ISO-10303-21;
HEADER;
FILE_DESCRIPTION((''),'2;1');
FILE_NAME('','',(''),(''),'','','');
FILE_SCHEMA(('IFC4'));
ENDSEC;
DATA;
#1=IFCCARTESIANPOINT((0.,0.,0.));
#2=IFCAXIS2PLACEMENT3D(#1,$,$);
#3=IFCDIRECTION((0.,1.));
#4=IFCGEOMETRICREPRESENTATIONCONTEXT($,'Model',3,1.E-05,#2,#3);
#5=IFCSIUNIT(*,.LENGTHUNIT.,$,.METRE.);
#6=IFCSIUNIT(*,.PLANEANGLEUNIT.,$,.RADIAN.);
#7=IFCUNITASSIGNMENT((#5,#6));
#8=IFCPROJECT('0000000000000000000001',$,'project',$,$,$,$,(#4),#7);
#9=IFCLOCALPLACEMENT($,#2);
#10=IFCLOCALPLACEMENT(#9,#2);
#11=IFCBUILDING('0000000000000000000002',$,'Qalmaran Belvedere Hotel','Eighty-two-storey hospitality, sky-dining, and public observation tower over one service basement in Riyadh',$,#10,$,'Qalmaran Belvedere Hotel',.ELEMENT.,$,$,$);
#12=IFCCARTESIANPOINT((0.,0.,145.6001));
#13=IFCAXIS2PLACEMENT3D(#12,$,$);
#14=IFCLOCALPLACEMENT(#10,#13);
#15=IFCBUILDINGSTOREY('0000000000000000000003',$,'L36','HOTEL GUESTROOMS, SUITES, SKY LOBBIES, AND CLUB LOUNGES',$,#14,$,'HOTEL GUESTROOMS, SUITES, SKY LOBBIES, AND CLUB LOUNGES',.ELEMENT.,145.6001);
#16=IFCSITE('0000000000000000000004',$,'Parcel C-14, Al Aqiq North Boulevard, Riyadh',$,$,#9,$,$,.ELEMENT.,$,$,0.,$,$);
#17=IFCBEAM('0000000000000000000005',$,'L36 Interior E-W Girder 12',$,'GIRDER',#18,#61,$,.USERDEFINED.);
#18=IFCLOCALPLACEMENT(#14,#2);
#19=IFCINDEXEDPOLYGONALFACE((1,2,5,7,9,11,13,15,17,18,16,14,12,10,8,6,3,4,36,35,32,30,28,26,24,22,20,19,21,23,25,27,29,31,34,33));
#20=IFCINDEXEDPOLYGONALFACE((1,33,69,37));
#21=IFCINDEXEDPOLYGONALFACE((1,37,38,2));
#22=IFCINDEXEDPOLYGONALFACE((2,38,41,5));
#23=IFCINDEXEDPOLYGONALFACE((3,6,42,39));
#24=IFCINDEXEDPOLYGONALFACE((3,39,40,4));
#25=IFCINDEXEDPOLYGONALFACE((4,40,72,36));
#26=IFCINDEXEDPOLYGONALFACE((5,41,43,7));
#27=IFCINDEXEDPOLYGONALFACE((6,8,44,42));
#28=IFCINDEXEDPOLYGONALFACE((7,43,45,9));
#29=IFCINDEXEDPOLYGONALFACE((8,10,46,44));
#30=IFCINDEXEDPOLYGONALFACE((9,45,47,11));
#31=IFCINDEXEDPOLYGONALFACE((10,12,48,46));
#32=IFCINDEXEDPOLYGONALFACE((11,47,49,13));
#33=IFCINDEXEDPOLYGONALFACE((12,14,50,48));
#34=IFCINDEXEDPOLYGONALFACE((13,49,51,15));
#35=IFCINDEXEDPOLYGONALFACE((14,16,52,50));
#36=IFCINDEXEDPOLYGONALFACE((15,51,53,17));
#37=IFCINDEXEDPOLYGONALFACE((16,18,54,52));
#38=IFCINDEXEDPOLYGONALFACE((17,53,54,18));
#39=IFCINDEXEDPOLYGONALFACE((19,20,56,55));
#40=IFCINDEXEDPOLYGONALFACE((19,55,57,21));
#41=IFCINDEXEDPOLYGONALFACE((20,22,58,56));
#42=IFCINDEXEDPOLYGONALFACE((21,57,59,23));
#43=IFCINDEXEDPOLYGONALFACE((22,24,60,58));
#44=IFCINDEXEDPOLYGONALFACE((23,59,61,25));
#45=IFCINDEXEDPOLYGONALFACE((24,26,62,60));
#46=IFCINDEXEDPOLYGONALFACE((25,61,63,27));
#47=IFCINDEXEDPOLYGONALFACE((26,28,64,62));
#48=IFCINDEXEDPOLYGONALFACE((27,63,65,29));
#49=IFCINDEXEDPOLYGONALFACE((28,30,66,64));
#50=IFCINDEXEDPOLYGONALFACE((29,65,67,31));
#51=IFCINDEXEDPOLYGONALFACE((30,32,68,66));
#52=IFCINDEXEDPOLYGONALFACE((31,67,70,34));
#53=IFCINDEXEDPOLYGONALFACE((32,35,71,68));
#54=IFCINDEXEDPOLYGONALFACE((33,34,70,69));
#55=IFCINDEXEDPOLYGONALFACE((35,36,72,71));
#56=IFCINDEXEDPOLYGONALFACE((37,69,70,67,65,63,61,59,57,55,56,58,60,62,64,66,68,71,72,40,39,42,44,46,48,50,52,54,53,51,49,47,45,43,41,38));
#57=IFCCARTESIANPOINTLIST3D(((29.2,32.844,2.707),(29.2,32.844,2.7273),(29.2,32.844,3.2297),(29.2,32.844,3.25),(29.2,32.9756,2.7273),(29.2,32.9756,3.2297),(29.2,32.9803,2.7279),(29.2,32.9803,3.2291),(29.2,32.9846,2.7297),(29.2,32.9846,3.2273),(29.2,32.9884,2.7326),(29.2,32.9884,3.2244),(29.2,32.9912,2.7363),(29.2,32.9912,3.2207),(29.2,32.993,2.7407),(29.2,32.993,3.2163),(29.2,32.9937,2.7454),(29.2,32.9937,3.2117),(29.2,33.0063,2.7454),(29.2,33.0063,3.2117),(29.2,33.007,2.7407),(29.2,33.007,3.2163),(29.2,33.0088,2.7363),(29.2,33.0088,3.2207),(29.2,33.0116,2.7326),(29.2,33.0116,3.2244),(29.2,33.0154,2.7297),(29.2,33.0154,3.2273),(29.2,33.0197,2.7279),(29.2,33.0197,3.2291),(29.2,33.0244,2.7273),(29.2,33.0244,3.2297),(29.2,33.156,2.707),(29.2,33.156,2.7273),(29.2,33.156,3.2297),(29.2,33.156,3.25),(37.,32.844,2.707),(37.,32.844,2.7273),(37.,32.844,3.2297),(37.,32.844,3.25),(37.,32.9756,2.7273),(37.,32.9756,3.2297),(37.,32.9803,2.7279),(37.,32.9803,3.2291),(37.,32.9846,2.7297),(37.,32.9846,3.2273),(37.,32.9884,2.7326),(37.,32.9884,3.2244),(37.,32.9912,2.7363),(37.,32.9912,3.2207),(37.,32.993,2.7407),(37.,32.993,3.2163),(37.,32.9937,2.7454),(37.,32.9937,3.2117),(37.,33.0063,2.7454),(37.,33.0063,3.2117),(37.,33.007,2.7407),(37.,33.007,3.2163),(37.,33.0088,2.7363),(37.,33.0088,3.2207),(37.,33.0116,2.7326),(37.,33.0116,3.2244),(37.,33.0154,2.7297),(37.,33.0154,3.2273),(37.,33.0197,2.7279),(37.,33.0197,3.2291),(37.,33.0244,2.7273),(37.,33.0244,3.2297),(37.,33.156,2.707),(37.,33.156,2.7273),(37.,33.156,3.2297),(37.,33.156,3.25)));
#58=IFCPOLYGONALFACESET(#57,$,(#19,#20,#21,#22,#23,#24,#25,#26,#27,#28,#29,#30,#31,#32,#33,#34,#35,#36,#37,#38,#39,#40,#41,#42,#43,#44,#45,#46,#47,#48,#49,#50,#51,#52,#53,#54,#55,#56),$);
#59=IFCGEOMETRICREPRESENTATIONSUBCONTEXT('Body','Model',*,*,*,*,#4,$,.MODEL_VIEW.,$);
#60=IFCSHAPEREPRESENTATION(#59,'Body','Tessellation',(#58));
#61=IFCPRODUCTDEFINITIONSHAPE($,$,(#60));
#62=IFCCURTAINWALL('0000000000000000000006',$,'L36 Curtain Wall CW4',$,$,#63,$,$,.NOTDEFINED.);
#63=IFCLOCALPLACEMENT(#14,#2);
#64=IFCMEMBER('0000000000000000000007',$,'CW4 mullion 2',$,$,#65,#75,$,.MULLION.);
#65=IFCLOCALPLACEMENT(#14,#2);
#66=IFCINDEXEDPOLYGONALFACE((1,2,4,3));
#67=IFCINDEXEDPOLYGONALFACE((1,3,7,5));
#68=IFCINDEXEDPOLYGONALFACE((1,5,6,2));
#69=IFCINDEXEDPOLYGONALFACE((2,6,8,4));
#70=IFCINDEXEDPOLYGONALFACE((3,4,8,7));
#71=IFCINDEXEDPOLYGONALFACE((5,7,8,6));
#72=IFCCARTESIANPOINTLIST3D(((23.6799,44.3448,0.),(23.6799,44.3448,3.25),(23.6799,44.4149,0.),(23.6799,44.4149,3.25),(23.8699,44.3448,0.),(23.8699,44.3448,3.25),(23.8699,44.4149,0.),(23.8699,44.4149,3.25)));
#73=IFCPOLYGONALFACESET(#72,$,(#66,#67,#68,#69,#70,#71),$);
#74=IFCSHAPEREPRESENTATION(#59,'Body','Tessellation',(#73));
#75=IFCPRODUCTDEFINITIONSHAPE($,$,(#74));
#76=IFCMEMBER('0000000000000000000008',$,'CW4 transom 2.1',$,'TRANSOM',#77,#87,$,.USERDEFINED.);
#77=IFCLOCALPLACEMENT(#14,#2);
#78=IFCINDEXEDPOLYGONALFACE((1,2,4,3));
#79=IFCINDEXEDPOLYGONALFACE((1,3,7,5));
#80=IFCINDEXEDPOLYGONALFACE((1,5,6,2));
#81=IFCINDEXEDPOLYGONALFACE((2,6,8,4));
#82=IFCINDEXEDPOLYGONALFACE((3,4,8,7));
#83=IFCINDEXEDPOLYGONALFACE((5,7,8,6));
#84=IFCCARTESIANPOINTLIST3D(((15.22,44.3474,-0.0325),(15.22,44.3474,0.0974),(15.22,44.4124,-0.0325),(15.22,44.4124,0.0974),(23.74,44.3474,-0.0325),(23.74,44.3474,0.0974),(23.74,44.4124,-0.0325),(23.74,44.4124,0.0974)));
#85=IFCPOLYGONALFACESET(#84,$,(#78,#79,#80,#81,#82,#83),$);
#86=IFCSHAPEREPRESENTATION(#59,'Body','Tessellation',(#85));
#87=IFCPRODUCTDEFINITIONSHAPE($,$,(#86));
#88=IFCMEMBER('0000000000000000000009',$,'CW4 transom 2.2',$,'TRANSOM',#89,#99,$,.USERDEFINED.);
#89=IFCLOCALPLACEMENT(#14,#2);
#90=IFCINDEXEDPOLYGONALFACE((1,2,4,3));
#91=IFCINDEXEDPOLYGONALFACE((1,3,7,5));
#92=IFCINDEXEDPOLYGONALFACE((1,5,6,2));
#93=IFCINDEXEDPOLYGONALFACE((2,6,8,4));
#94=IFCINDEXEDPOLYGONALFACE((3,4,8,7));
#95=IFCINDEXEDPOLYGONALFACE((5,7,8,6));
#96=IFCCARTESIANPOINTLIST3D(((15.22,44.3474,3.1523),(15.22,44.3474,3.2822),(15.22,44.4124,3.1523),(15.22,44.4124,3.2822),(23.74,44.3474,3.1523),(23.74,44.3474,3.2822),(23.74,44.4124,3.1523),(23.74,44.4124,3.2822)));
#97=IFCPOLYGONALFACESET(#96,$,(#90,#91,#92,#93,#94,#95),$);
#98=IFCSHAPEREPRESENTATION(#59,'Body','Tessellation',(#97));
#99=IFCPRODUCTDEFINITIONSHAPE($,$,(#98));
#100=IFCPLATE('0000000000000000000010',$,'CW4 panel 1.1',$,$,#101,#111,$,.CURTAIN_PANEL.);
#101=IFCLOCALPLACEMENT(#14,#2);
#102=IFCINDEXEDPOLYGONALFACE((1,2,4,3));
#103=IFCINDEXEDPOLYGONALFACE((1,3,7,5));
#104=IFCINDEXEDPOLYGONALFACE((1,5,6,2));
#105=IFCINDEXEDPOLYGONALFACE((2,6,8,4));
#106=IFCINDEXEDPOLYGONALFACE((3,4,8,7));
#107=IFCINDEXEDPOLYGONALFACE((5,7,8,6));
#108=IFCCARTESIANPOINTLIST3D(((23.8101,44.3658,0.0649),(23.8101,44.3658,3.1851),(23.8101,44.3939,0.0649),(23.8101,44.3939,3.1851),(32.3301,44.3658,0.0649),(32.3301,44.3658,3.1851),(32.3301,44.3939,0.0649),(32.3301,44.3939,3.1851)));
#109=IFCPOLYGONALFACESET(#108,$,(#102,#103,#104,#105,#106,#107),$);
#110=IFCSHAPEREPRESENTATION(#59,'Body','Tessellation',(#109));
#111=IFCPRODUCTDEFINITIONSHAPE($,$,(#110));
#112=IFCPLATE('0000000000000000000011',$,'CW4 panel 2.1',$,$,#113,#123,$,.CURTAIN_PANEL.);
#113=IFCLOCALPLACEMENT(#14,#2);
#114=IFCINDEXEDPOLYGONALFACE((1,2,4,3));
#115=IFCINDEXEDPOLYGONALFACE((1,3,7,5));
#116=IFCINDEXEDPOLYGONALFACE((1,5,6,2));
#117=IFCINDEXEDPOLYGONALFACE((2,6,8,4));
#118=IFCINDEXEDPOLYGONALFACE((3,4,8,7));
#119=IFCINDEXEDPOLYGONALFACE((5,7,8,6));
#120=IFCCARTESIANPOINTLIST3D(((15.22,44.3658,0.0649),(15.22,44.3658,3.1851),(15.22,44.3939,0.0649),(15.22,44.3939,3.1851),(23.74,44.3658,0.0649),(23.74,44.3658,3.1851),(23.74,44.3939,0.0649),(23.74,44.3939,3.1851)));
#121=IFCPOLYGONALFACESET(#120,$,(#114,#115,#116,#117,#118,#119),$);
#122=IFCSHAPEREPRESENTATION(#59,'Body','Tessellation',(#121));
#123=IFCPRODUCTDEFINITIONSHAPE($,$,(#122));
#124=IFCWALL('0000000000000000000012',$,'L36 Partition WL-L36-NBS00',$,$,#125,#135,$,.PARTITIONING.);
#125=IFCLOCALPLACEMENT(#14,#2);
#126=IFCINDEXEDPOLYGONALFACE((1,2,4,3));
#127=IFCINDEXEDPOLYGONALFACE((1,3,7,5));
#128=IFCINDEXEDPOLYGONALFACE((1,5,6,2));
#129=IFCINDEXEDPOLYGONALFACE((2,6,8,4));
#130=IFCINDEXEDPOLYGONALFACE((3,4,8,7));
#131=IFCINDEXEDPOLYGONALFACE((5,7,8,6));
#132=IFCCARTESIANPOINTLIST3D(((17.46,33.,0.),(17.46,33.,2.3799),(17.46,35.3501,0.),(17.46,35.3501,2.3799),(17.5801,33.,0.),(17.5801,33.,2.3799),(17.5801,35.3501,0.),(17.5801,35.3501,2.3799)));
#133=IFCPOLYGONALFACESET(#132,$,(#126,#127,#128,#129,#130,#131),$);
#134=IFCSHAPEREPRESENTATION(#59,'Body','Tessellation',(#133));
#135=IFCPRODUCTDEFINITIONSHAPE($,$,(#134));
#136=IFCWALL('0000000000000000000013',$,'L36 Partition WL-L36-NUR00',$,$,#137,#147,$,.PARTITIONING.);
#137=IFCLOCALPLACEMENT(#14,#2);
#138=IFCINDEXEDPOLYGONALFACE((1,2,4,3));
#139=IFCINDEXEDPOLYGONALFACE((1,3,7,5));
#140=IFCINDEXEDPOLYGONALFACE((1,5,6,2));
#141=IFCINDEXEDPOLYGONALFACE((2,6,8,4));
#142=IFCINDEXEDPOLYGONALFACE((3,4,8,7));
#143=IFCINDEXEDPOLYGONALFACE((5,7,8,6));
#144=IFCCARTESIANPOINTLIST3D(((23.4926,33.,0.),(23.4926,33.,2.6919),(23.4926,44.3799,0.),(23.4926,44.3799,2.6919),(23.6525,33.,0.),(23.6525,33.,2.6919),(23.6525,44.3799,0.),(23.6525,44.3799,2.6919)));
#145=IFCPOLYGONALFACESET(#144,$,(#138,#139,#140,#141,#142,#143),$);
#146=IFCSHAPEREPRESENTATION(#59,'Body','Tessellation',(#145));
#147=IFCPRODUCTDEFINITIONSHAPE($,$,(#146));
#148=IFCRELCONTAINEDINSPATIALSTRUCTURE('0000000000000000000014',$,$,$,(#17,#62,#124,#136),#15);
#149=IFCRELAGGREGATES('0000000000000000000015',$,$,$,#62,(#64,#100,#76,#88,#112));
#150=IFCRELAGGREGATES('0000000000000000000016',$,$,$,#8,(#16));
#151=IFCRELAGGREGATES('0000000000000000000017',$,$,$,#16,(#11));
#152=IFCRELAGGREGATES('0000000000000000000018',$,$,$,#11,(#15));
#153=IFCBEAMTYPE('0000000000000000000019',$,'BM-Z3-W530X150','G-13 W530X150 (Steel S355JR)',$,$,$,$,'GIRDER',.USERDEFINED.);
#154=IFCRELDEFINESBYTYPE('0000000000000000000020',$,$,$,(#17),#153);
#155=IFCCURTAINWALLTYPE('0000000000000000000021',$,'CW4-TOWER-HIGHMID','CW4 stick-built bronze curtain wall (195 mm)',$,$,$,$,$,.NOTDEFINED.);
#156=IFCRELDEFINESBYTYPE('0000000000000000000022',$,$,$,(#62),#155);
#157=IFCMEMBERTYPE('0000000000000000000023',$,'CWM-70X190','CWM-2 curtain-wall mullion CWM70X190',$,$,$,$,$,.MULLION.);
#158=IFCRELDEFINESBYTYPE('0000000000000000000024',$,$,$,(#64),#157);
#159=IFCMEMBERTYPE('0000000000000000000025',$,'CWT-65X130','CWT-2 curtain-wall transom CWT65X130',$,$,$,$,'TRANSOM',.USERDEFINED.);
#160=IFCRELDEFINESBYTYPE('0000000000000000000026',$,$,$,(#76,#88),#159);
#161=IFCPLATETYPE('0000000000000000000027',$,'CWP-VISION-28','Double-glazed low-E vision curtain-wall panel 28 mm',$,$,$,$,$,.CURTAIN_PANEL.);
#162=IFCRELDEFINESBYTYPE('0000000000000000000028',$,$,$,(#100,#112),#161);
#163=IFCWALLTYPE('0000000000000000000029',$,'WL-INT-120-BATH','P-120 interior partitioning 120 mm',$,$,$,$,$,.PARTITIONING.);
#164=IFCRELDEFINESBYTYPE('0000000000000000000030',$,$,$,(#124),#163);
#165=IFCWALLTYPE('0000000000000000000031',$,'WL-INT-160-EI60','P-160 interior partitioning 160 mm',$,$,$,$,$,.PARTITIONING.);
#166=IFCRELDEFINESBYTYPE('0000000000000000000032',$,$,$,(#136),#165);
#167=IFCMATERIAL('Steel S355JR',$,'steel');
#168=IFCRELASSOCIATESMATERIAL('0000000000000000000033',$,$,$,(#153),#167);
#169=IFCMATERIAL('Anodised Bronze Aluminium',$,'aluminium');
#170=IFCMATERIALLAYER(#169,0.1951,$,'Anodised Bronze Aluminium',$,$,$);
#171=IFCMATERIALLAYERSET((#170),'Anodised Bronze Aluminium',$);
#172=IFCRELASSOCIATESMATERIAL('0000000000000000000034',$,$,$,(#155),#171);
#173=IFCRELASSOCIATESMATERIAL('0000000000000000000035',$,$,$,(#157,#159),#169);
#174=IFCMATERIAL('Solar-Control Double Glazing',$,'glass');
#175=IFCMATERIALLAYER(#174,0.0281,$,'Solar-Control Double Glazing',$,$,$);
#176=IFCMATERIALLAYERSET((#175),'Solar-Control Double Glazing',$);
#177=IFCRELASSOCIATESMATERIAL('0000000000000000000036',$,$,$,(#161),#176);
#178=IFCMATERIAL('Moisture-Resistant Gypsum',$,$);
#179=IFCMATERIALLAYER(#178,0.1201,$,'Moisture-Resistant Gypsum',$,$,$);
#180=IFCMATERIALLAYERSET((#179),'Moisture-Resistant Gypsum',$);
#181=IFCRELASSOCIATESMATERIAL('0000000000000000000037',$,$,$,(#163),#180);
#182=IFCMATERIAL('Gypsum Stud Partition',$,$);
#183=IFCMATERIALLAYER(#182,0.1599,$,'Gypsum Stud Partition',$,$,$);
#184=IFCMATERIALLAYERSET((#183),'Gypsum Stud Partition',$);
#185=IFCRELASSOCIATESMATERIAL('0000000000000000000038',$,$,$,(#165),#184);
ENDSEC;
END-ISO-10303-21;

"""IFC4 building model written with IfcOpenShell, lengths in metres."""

from ifc_helpers import new_model, si_unit, direction, frame, frame_2d, origin, origin_2d, place, context, subcontext, project, spatial, rectangle, i_section, extrude, material, layer, layer_set, material_profile, profile_set, type_object, element, aggregate, save


model = new_model("IFC4")

# Units and contexts
model_context = context("Model", 3, precision=1e-05, world=origin(), true_north=direction((0.0, 1.0)))
body_context = subcontext(model_context, "Body", "Model", "MODEL_VIEW")
ifc_project = project(units=[si_unit("LENGTHUNIT", "METRE"), si_unit("PLANEANGLEUNIT", "RADIAN")], contexts=[model_context])

# Site, building, storey
site_placement = place(None, origin())
site = spatial("IfcSite", under=ifc_project, at=site_placement, Name="Parcel C-14, Al Aqiq North Boulevard, Riyadh", CompositionType="ELEMENT", RefElevation=0.0)
building_placement = place(site_placement, origin())
building = spatial("IfcBuilding", under=site, at=building_placement, Name="Qalmaran Belvedere Hotel", Description="Eighty-two-storey hospitality, sky-dining, and public observation tower over one service basement in Riyadh", LongName="Qalmaran Belvedere Hotel", CompositionType="ELEMENT")
storey_placement = place(building_placement, frame((0.0, 0.0, 145.6001)))
storey = spatial("IfcBuildingStorey", under=building, at=storey_placement, Name="L36", Description="HOTEL GUESTROOMS, SUITES, SKY LOBBIES, AND CLUB LOUNGES", LongName="HOTEL GUESTROOMS, SUITES, SKY LOBBIES, AND CLUB LOUNGES", CompositionType="ELEMENT", Elevation=145.6001)

# Beam
ifc_material_1 = material(Name="Steel S355JR", Category="steel")
ifc_material_profile_1 = material_profile(ifc_material_1, i_section(OverallWidth=0.312, OverallDepth=0.543, WebThickness=0.0127, FlangeThickness=0.0203, FilletRadius=0.0181, at=origin_2d()), Name="W530X150")
ifc_profile_set_1 = profile_set([ifc_material_profile_1], Name="Steel S355JR")
beam_type_1 = type_object("IfcBeamType", Name="BM-Z3-W530X150", Description="G-13 W530X150 (Steel S355JR)", ElementType="GIRDER", PredefinedType="USERDEFINED", material=ifc_profile_set_1)
beam_1_placement = place(storey_placement, frame((29.2, 33.0, 2.9785), z_axis=(1.0, 0.0, 0.0), x_axis=(0.0, 1.0, 0.0)))
element("IfcBeam", 1, at=beam_1_placement, inside=storey, type_object=beam_type_1, Name="L36 Interior E-W Girder 12", ObjectType="GIRDER", PredefinedType="USERDEFINED", context=body_context, shape_type="SweptSolid", body=[
    extrude(i_section(OverallWidth=0.312, OverallDepth=0.543, WebThickness=0.0127, FlangeThickness=0.0203, FilletRadius=0.0181, at=origin_2d()), origin(), (0.0, 0.0, 1.0), 7.8),
])

# Curtain wall, members, plates
ifc_material_2 = material(Name="Anodised Bronze Aluminium", Category="aluminium")
ifc_layer_1 = layer(ifc_material_2, 0.1951, Name="Anodised Bronze Aluminium")
ifc_layer_set_1 = layer_set([ifc_layer_1], Name="Anodised Bronze Aluminium")
curtain_wall_type = type_object("IfcCurtainWallType", Name="CW4-TOWER-HIGHMID", Description="CW4 stick-built bronze curtain wall (195 mm)", PredefinedType="NOTDEFINED", material=ifc_layer_set_1)
curtain_wall_placement = place(storey_placement, origin())
curtain_wall = element("IfcCurtainWall", 2, at=curtain_wall_placement, inside=storey, type_object=curtain_wall_type, Name="L36 Curtain Wall CW4", PredefinedType="NOTDEFINED")
ifc_material_profile_2 = material_profile(ifc_material_2, rectangle(XDim=0.0701, YDim=0.1899, at=origin_2d()), Name="CWM70X190")
ifc_profile_set_2 = profile_set([ifc_material_profile_2], Name="Anodised Bronze Aluminium")
member_type_1 = type_object("IfcMemberType", Name="CWM-70X190", Description="CWM-2 curtain-wall mullion CWM70X190", PredefinedType="MULLION", material=ifc_profile_set_2)
member_1_placement = place(storey_placement, frame((23.7749, 44.3799, 0.0), z_axis=(0.0, 0.0, 1.0), x_axis=(0.0, -1.0, 0.0)))
member_1 = element("IfcMember", 3, at=member_1_placement, type_object=member_type_1, Name="CW4 mullion 2", PredefinedType="MULLION", context=body_context, shape_type="SweptSolid", body=[
    extrude(rectangle(XDim=0.0701, YDim=0.1899, at=origin_2d()), origin(), (0.0, 0.0, 1.0), 3.25),
])
ifc_material_profile_3 = material_profile(ifc_material_2, rectangle(XDim=0.0649, YDim=0.1299, at=origin_2d()), Name="CWT65X130")
ifc_profile_set_3 = profile_set([ifc_material_profile_3], Name="Anodised Bronze Aluminium")
member_type_2 = type_object("IfcMemberType", Name="CWT-65X130", Description="CWT-2 curtain-wall transom CWT65X130", ElementType="TRANSOM", PredefinedType="USERDEFINED", material=ifc_profile_set_3)
member_2_placement = place(storey_placement, frame((23.74, 44.3799, 0.0325), z_axis=(-1.0, 0.0, 0.0), x_axis=(0.0, -1.0, 0.0)))
member_2 = element("IfcMember", 4, at=member_2_placement, type_object=member_type_2, Name="CW4 transom 2.1", ObjectType="TRANSOM", PredefinedType="USERDEFINED", context=body_context, shape_type="SweptSolid", body=[
    extrude(rectangle(XDim=0.0649, YDim=0.1299, at=origin_2d()), origin(), (0.0, 0.0, 1.0), 8.52),
])
member_3_placement = place(storey_placement, frame((23.74, 44.3799, 3.2173), z_axis=(-1.0, 0.0, 0.0), x_axis=(0.0, -1.0, 0.0)))
member_3 = element("IfcMember", 5, at=member_3_placement, type_object=member_type_2, Name="CW4 transom 2.2", ObjectType="TRANSOM", PredefinedType="USERDEFINED", context=body_context, shape_type="SweptSolid", body=[
    extrude(rectangle(XDim=0.0649, YDim=0.1299, at=origin_2d()), origin(), (0.0, 0.0, 1.0), 8.52),
])
ifc_material_3 = material(Name="Solar-Control Double Glazing", Category="glass")
ifc_layer_2 = layer(ifc_material_3, 0.0281, Name="Solar-Control Double Glazing")
ifc_layer_set_2 = layer_set([ifc_layer_2], Name="Solar-Control Double Glazing")
plate_type = type_object("IfcPlateType", Name="CWP-VISION-28", Description="Double-glazed low-E vision curtain-wall panel 28 mm", PredefinedType="CURTAIN_PANEL", material=ifc_layer_set_2)
plate_1_placement = place(storey_placement, frame((28.0701, 44.3799, 0.0649), z_axis=(0.0, 0.0, 1.0), x_axis=(-1.0, 0.0, 0.0)))
plate_1 = element("IfcPlate", 6, at=plate_1_placement, type_object=plate_type, Name="CW4 panel 1.1", PredefinedType="CURTAIN_PANEL", context=body_context, shape_type="SweptSolid", body=[
    extrude(rectangle(XDim=8.52, YDim=0.0281, at=origin_2d()), origin(), (0.0, 0.0, 1.0), 3.1201),
])
plate_2_placement = place(storey_placement, frame((19.48, 44.3799, 0.0649), z_axis=(0.0, 0.0, 1.0), x_axis=(-1.0, 0.0, 0.0)))
plate_2 = element("IfcPlate", 7, at=plate_2_placement, type_object=plate_type, Name="CW4 panel 2.1", PredefinedType="CURTAIN_PANEL", context=body_context, shape_type="SweptSolid", body=[
    extrude(rectangle(XDim=8.52, YDim=0.0281, at=origin_2d()), origin(), (0.0, 0.0, 1.0), 3.1201),
])
aggregate(curtain_wall, [member_1, plate_1, member_2, member_3, plate_2])

# Walls
ifc_material_4 = material(Name="Moisture-Resistant Gypsum")
ifc_layer_3 = layer(ifc_material_4, 0.1201, Name="Moisture-Resistant Gypsum")
ifc_layer_set_3 = layer_set([ifc_layer_3], Name="Moisture-Resistant Gypsum")
wall_type_1 = type_object("IfcWallType", Name="WL-INT-120-BATH", Description="P-120 interior partitioning 120 mm", PredefinedType="PARTITIONING", material=ifc_layer_set_3)
wall_1_placement = place(storey_placement, frame((17.52, 33.0, 0.0), z_axis=(0.0, 0.0, 1.0), x_axis=(0.0, 1.0, 0.0)))
element("IfcWall", 8, at=wall_1_placement, inside=storey, type_object=wall_type_1, Name="L36 Partition WL-L36-NBS00", PredefinedType="PARTITIONING", context=body_context, shape_type="SweptSolid", body=[
    extrude(rectangle(XDim=2.3501, YDim=0.1201, at=frame_2d((1.175, 0.0))), origin(), (0.0, 0.0, 1.0), 2.3799),
])
ifc_material_5 = material(Name="Gypsum Stud Partition")
ifc_layer_4 = layer(ifc_material_5, 0.1599, Name="Gypsum Stud Partition")
ifc_layer_set_4 = layer_set([ifc_layer_4], Name="Gypsum Stud Partition")
wall_type_2 = type_object("IfcWallType", Name="WL-INT-160-EI60", Description="P-160 interior partitioning 160 mm", PredefinedType="PARTITIONING", material=ifc_layer_set_4)
wall_2_placement = place(storey_placement, frame((23.5725, 33.0, 0.0), z_axis=(0.0, 0.0, 1.0), x_axis=(0.0, 1.0, 0.0)))
element("IfcWall", 9, at=wall_2_placement, inside=storey, type_object=wall_type_2, Name="L36 Partition WL-L36-NUR00", PredefinedType="PARTITIONING", context=body_context, shape_type="SweptSolid", body=[
    extrude(rectangle(XDim=11.3799, YDim=0.1599, at=frame_2d((5.6899, 0.0))), origin(), (0.0, 0.0, 1.0), 2.6919),
])

save(model, "model.ifc")
